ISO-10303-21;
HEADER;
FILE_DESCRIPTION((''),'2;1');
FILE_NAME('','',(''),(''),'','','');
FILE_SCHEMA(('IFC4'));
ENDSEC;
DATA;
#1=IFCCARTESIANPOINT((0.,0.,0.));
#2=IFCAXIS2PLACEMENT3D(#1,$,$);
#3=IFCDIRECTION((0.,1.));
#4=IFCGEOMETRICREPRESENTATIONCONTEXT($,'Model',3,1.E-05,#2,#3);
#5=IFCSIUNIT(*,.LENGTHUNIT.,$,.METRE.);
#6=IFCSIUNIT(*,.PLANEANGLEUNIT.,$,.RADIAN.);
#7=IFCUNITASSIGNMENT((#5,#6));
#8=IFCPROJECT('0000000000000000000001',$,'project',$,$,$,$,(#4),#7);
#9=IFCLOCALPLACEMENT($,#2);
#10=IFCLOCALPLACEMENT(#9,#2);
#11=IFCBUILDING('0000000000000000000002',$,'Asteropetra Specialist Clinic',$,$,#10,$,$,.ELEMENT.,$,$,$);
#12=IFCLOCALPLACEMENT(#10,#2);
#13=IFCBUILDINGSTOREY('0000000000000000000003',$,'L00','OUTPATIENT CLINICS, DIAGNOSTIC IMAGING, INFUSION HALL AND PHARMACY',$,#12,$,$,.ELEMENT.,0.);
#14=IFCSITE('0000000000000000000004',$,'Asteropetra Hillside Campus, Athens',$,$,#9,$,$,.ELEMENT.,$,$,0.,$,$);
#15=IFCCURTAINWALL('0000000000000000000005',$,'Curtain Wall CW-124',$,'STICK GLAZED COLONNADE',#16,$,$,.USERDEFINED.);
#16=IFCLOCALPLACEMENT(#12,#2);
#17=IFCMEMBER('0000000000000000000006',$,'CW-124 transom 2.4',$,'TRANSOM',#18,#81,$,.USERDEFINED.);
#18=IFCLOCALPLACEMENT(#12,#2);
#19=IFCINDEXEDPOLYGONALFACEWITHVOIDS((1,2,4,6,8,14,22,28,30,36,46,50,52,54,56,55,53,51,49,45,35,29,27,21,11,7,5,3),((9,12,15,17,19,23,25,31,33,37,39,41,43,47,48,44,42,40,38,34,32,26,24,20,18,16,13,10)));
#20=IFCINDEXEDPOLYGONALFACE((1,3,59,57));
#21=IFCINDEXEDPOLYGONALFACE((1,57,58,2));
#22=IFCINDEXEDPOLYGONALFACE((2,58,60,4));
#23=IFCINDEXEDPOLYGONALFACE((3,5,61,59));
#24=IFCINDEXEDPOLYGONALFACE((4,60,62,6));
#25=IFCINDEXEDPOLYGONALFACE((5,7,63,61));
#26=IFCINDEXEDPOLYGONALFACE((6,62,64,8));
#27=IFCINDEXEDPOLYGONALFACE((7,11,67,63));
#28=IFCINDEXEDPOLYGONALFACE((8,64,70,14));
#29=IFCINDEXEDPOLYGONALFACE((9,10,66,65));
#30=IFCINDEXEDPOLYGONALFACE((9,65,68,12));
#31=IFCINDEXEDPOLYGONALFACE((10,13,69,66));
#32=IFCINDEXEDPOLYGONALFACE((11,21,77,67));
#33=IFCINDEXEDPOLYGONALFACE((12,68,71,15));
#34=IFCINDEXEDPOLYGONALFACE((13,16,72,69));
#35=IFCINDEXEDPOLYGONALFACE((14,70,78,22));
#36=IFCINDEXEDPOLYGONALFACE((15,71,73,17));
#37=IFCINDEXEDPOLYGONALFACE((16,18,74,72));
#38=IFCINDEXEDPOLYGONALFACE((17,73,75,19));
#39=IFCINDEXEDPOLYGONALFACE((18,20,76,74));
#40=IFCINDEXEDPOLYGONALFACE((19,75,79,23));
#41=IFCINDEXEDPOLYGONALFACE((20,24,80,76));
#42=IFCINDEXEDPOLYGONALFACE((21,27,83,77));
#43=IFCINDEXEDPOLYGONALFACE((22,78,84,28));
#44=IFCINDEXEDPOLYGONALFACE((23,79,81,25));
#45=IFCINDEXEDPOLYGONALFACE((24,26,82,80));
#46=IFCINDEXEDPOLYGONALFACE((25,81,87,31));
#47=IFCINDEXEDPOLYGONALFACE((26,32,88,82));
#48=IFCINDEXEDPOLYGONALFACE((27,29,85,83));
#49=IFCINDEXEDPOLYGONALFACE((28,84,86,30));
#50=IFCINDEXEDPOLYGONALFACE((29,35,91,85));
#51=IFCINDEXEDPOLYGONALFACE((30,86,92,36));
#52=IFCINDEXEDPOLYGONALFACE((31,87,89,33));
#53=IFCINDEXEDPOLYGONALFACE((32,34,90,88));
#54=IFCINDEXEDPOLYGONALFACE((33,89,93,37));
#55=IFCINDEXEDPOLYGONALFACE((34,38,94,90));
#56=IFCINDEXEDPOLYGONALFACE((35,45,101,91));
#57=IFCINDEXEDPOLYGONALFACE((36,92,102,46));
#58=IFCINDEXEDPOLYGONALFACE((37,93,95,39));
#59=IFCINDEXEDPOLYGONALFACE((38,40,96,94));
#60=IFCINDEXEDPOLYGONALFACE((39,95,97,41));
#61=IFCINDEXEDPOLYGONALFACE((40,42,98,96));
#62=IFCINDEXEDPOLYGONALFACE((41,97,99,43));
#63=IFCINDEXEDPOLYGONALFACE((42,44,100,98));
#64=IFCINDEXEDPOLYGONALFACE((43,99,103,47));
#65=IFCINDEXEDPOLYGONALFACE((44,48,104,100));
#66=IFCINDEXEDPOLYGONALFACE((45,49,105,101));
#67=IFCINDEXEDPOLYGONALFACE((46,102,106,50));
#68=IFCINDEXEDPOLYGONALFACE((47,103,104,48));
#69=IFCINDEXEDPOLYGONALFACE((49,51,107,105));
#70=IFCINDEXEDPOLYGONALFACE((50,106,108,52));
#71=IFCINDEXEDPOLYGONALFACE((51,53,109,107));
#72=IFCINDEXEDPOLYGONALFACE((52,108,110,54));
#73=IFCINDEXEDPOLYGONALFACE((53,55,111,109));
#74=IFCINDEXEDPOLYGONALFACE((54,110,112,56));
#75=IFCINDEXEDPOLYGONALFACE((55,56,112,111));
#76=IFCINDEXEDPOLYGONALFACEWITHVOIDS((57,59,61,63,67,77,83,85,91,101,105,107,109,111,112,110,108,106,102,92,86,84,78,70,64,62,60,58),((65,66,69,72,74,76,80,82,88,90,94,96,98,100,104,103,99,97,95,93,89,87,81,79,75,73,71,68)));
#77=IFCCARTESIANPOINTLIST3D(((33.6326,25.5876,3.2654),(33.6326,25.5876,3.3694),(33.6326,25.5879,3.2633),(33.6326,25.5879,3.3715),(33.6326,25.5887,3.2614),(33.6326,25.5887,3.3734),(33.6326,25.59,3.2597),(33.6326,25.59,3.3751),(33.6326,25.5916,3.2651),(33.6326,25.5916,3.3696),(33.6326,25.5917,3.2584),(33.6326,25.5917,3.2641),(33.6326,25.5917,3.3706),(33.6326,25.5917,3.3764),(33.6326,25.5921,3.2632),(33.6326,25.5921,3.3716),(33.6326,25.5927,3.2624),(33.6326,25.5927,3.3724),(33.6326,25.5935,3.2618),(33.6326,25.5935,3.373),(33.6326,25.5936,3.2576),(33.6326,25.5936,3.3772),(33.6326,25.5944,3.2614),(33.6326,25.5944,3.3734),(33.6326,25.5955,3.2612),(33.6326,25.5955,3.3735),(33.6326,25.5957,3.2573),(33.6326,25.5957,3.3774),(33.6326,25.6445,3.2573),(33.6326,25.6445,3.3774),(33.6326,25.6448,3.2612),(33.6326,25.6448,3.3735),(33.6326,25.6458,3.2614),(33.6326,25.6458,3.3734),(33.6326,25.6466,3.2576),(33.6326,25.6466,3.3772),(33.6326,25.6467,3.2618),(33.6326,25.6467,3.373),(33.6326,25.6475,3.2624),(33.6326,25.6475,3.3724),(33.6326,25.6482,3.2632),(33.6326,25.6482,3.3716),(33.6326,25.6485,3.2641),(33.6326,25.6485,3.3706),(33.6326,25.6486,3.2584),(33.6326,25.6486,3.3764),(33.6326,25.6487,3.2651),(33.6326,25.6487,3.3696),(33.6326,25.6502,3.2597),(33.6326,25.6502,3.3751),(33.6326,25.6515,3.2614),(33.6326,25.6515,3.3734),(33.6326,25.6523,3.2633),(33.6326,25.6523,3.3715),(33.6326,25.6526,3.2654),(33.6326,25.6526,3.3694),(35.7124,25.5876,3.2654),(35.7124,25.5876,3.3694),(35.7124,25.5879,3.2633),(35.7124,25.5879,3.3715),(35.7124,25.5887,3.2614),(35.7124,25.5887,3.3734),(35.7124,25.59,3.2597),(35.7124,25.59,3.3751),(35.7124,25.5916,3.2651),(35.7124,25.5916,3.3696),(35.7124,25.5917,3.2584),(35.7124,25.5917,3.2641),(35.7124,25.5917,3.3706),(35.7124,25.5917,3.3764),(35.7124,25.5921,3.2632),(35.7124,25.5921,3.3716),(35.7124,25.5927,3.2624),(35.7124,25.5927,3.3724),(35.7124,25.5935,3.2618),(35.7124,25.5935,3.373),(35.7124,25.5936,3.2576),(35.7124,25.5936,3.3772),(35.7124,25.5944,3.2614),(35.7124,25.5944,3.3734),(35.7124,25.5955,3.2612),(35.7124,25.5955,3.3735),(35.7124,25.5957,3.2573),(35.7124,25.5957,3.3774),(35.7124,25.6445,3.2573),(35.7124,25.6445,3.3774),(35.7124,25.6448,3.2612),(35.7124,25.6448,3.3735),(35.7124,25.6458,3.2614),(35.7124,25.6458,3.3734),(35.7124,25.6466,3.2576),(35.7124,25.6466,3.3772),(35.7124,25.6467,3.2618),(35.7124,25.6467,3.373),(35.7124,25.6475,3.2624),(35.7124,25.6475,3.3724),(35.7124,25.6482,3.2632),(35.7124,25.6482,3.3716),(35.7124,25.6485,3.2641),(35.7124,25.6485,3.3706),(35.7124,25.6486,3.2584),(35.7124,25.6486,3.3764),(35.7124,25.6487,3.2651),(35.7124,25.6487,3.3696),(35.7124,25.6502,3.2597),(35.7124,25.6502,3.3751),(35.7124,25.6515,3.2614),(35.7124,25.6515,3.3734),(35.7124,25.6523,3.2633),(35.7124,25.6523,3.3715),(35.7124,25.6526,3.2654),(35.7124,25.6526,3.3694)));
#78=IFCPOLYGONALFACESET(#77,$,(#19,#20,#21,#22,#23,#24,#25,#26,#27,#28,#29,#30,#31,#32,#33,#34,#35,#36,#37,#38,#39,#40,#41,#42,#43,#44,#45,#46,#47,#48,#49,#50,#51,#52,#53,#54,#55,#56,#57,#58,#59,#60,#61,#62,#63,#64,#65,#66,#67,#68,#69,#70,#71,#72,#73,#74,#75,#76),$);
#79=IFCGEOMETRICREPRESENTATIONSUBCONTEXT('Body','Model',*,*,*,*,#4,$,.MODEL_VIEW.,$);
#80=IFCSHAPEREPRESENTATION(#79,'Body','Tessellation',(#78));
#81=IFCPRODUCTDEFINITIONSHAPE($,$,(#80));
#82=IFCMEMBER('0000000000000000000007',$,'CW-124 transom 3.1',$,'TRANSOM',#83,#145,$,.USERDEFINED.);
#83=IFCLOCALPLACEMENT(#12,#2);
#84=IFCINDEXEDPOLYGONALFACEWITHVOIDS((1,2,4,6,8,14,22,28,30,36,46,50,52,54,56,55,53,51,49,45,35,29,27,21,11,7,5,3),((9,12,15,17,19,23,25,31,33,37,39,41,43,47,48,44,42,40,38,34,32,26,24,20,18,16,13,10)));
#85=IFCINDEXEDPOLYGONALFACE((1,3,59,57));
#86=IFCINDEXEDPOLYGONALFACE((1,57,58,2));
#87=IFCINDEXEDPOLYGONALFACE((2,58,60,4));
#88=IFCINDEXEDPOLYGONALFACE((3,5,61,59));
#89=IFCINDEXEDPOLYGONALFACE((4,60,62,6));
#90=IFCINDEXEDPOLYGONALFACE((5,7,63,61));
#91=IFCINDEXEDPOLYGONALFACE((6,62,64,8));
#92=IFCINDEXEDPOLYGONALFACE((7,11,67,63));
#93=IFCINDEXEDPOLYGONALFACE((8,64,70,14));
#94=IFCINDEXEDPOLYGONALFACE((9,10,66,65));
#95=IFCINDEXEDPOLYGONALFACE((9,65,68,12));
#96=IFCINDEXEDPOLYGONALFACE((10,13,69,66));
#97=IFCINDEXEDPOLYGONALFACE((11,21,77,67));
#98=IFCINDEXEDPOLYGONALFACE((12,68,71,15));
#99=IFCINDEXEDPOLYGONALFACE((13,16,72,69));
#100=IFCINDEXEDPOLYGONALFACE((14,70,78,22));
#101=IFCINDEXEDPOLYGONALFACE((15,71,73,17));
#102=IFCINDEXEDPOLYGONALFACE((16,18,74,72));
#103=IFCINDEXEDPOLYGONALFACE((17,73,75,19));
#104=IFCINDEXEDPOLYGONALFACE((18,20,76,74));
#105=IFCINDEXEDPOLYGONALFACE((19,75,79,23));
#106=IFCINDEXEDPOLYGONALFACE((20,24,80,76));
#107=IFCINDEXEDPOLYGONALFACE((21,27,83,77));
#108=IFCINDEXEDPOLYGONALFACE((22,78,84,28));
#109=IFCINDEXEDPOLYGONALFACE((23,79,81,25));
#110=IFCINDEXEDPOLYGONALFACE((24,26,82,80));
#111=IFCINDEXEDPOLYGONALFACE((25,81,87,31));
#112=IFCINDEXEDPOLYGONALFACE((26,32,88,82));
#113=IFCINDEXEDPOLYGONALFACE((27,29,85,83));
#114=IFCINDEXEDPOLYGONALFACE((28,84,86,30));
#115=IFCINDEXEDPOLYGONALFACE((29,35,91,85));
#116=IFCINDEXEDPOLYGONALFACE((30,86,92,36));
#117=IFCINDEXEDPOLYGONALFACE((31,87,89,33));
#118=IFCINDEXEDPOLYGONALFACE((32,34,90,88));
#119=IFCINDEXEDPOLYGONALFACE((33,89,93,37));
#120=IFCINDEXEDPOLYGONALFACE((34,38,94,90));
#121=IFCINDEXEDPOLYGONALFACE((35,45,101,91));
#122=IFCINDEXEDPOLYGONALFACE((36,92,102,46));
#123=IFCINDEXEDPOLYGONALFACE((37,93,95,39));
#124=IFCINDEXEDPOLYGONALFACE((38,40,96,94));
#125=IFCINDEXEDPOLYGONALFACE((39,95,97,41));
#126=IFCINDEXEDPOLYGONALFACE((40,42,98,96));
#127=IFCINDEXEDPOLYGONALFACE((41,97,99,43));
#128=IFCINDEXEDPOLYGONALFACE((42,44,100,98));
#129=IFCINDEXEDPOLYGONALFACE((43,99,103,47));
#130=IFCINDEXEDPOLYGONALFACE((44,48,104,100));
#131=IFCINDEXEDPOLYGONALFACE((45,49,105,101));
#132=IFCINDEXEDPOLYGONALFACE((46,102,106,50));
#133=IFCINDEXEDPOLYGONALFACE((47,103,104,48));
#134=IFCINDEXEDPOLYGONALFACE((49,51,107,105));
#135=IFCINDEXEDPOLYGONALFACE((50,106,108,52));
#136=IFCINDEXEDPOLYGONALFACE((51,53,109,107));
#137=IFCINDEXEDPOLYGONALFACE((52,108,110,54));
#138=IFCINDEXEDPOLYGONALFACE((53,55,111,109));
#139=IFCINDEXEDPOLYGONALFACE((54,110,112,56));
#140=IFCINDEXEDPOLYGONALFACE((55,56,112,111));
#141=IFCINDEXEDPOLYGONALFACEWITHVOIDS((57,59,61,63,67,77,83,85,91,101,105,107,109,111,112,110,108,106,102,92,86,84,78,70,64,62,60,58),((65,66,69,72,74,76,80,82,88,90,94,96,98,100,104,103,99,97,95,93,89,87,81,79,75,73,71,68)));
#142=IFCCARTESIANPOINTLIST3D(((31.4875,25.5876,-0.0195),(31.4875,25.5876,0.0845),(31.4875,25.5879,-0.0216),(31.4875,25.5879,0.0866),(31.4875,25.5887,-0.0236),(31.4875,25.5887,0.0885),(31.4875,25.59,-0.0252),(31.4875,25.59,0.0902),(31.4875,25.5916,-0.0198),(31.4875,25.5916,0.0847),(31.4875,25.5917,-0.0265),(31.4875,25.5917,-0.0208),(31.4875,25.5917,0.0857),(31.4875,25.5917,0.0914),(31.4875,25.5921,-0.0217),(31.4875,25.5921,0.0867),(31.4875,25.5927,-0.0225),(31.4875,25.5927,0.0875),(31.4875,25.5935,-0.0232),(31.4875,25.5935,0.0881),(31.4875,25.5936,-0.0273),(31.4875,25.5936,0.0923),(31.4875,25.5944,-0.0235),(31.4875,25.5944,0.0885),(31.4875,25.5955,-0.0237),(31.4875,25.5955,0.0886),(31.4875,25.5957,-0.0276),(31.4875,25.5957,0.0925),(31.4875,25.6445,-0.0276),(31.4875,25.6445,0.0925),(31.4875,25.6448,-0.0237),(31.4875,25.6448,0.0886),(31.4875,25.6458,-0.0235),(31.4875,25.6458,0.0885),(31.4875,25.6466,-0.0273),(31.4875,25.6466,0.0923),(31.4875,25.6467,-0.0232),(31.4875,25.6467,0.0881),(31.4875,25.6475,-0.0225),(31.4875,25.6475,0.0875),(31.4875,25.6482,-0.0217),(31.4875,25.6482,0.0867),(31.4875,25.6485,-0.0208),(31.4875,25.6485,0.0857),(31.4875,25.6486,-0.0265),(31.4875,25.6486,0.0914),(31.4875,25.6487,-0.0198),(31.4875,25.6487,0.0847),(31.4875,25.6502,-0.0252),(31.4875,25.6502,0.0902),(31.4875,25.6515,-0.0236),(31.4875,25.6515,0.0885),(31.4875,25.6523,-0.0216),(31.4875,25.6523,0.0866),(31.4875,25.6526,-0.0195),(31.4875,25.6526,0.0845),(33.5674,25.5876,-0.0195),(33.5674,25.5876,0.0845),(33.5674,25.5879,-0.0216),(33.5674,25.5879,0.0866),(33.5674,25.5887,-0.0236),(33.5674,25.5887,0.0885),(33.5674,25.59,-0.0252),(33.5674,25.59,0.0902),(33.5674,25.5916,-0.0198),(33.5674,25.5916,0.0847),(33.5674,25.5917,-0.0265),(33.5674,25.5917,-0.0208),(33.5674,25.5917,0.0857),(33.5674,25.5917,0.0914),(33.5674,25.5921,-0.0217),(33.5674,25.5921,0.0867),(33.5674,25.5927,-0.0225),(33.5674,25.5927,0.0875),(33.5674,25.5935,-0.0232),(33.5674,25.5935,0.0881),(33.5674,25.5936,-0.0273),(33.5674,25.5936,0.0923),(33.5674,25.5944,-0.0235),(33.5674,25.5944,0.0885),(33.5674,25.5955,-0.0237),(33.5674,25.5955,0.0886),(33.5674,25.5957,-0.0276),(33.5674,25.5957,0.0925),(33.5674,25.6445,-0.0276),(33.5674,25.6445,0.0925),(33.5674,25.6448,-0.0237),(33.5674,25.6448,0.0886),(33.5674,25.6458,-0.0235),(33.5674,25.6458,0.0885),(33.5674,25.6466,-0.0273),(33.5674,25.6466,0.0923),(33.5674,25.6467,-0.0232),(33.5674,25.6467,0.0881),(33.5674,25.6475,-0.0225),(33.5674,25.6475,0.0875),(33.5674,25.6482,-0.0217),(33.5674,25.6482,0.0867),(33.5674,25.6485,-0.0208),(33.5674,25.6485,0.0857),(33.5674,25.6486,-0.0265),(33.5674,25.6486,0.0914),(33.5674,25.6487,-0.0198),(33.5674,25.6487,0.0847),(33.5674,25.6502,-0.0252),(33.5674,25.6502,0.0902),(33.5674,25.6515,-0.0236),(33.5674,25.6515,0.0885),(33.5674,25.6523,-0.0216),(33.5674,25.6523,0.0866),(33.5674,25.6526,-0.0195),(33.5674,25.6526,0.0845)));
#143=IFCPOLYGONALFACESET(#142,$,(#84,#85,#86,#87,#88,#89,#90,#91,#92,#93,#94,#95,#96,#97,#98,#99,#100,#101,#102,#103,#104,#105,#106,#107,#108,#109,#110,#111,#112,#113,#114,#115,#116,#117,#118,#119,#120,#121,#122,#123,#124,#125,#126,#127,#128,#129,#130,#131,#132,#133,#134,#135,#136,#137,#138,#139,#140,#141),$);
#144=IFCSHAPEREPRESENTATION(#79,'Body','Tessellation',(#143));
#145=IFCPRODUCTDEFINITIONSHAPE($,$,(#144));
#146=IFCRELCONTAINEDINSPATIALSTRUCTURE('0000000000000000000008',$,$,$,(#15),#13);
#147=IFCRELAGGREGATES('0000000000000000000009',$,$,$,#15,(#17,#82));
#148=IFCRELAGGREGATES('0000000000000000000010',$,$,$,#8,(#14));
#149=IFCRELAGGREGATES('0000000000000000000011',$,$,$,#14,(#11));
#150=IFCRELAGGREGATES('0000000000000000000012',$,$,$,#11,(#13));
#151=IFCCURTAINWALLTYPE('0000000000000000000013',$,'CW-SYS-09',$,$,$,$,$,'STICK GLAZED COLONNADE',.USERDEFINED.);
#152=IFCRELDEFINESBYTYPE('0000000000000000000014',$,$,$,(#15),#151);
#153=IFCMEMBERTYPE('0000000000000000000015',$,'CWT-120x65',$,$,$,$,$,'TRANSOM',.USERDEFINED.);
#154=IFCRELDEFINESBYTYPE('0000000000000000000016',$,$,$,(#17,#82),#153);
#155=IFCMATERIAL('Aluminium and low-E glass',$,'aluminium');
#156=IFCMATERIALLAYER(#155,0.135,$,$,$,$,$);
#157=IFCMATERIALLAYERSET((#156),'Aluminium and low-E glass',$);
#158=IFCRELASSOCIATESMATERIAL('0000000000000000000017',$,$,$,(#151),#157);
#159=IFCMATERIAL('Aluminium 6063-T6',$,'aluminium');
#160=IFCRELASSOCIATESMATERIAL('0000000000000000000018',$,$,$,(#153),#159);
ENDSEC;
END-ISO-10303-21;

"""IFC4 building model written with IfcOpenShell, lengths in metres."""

from ifc_helpers import new_model, si_unit, direction, frame, origin, origin_2d, place, context, subcontext, project, spatial, hollow_rectangle, extrude, material, layer, layer_set, material_profile, profile_set, type_object, element, aggregate, save


model = new_model("IFC4")

# Units and contexts
model_context = context("Model", 3, precision=1e-05, world=origin(), true_north=direction((0.0, 1.0)))
body_context = subcontext(model_context, "Body", "Model", "MODEL_VIEW")
ifc_project = project(units=[si_unit("LENGTHUNIT", "METRE"), si_unit("PLANEANGLEUNIT", "RADIAN")], contexts=[model_context])

# Site, building, storey
site_placement = place(None, origin())
site = spatial("IfcSite", under=ifc_project, at=site_placement, Name="Asteropetra Hillside Campus, Athens", CompositionType="ELEMENT", RefElevation=0.0)
building_placement = place(site_placement, origin())
building = spatial("IfcBuilding", under=site, at=building_placement, Name="Asteropetra Specialist Clinic", CompositionType="ELEMENT")
storey_placement = place(building_placement, origin())
storey = spatial("IfcBuildingStorey", under=building, at=storey_placement, Name="L00", Description="OUTPATIENT CLINICS, DIAGNOSTIC IMAGING, INFUSION HALL AND PHARMACY", CompositionType="ELEMENT", Elevation=0.0)

# Curtain wall, members
ifc_material_1 = material(Name="Aluminium and low-E glass", Category="aluminium")
ifc_layer_1 = layer(ifc_material_1, 0.135)
ifc_layer_set_1 = layer_set([ifc_layer_1], Name="Aluminium and low-E glass")
curtain_wall_type = type_object("IfcCurtainWallType", Name="CW-SYS-09", ElementType="STICK GLAZED COLONNADE", PredefinedType="USERDEFINED", material=ifc_layer_set_1)
curtain_wall_placement = place(storey_placement, origin())
curtain_wall = element("IfcCurtainWall", 1, at=curtain_wall_placement, inside=storey, type_object=curtain_wall_type, Name="Curtain Wall CW-124", ObjectType="STICK GLAZED COLONNADE", PredefinedType="USERDEFINED")
ifc_material_2 = material(Name="Aluminium 6063-T6", Category="aluminium")
ifc_material_profile_1 = material_profile(ifc_material_2, hollow_rectangle(XDim=0.0649, YDim=0.1201, WallThickness=0.0039, InnerFilletRadius=0.0039, OuterFilletRadius=0.0081, at=origin_2d()), Name="TRN 120x65x4.0")
ifc_profile_set_1 = profile_set([ifc_material_profile_1], Name="Aluminium 6063-T6")
member_type_1 = type_object("IfcMemberType", Name="CWT-120x65", ElementType="TRANSOM", PredefinedType="USERDEFINED", material=ifc_profile_set_1)
member_1_placement = place(storey_placement, frame((35.7124, 25.6201, 3.3174), z_axis=(-1.0, 0.0, 0.0), x_axis=(0.0, -1.0, 0.0)))
member_1 = element("IfcMember", 2, at=member_1_placement, type_object=member_type_1, Name="CW-124 transom 2.4", ObjectType="TRANSOM", PredefinedType="USERDEFINED", context=body_context, shape_type="SweptSolid", body=[
    extrude(hollow_rectangle(XDim=0.0649, YDim=0.1201, WallThickness=0.0039, InnerFilletRadius=0.0039, OuterFilletRadius=0.0081, at=origin_2d()), origin(), (0.0, 0.0, 1.0), 2.0798),
])
member_2_placement = place(storey_placement, frame((33.5674, 25.6201, 0.0325), z_axis=(-1.0, 0.0, 0.0), x_axis=(0.0, -1.0, 0.0)))
member_2 = element("IfcMember", 3, at=member_2_placement, type_object=member_type_1, Name="CW-124 transom 3.1", ObjectType="TRANSOM", PredefinedType="USERDEFINED", context=body_context, shape_type="SweptSolid", body=[
    extrude(hollow_rectangle(XDim=0.0649, YDim=0.1201, WallThickness=0.0039, InnerFilletRadius=0.0039, OuterFilletRadius=0.0081, at=origin_2d()), origin(), (0.0, 0.0, 1.0), 2.0798),
])

aggregate(curtain_wall, [member_1, member_2])

save(model, "model.ifc")
